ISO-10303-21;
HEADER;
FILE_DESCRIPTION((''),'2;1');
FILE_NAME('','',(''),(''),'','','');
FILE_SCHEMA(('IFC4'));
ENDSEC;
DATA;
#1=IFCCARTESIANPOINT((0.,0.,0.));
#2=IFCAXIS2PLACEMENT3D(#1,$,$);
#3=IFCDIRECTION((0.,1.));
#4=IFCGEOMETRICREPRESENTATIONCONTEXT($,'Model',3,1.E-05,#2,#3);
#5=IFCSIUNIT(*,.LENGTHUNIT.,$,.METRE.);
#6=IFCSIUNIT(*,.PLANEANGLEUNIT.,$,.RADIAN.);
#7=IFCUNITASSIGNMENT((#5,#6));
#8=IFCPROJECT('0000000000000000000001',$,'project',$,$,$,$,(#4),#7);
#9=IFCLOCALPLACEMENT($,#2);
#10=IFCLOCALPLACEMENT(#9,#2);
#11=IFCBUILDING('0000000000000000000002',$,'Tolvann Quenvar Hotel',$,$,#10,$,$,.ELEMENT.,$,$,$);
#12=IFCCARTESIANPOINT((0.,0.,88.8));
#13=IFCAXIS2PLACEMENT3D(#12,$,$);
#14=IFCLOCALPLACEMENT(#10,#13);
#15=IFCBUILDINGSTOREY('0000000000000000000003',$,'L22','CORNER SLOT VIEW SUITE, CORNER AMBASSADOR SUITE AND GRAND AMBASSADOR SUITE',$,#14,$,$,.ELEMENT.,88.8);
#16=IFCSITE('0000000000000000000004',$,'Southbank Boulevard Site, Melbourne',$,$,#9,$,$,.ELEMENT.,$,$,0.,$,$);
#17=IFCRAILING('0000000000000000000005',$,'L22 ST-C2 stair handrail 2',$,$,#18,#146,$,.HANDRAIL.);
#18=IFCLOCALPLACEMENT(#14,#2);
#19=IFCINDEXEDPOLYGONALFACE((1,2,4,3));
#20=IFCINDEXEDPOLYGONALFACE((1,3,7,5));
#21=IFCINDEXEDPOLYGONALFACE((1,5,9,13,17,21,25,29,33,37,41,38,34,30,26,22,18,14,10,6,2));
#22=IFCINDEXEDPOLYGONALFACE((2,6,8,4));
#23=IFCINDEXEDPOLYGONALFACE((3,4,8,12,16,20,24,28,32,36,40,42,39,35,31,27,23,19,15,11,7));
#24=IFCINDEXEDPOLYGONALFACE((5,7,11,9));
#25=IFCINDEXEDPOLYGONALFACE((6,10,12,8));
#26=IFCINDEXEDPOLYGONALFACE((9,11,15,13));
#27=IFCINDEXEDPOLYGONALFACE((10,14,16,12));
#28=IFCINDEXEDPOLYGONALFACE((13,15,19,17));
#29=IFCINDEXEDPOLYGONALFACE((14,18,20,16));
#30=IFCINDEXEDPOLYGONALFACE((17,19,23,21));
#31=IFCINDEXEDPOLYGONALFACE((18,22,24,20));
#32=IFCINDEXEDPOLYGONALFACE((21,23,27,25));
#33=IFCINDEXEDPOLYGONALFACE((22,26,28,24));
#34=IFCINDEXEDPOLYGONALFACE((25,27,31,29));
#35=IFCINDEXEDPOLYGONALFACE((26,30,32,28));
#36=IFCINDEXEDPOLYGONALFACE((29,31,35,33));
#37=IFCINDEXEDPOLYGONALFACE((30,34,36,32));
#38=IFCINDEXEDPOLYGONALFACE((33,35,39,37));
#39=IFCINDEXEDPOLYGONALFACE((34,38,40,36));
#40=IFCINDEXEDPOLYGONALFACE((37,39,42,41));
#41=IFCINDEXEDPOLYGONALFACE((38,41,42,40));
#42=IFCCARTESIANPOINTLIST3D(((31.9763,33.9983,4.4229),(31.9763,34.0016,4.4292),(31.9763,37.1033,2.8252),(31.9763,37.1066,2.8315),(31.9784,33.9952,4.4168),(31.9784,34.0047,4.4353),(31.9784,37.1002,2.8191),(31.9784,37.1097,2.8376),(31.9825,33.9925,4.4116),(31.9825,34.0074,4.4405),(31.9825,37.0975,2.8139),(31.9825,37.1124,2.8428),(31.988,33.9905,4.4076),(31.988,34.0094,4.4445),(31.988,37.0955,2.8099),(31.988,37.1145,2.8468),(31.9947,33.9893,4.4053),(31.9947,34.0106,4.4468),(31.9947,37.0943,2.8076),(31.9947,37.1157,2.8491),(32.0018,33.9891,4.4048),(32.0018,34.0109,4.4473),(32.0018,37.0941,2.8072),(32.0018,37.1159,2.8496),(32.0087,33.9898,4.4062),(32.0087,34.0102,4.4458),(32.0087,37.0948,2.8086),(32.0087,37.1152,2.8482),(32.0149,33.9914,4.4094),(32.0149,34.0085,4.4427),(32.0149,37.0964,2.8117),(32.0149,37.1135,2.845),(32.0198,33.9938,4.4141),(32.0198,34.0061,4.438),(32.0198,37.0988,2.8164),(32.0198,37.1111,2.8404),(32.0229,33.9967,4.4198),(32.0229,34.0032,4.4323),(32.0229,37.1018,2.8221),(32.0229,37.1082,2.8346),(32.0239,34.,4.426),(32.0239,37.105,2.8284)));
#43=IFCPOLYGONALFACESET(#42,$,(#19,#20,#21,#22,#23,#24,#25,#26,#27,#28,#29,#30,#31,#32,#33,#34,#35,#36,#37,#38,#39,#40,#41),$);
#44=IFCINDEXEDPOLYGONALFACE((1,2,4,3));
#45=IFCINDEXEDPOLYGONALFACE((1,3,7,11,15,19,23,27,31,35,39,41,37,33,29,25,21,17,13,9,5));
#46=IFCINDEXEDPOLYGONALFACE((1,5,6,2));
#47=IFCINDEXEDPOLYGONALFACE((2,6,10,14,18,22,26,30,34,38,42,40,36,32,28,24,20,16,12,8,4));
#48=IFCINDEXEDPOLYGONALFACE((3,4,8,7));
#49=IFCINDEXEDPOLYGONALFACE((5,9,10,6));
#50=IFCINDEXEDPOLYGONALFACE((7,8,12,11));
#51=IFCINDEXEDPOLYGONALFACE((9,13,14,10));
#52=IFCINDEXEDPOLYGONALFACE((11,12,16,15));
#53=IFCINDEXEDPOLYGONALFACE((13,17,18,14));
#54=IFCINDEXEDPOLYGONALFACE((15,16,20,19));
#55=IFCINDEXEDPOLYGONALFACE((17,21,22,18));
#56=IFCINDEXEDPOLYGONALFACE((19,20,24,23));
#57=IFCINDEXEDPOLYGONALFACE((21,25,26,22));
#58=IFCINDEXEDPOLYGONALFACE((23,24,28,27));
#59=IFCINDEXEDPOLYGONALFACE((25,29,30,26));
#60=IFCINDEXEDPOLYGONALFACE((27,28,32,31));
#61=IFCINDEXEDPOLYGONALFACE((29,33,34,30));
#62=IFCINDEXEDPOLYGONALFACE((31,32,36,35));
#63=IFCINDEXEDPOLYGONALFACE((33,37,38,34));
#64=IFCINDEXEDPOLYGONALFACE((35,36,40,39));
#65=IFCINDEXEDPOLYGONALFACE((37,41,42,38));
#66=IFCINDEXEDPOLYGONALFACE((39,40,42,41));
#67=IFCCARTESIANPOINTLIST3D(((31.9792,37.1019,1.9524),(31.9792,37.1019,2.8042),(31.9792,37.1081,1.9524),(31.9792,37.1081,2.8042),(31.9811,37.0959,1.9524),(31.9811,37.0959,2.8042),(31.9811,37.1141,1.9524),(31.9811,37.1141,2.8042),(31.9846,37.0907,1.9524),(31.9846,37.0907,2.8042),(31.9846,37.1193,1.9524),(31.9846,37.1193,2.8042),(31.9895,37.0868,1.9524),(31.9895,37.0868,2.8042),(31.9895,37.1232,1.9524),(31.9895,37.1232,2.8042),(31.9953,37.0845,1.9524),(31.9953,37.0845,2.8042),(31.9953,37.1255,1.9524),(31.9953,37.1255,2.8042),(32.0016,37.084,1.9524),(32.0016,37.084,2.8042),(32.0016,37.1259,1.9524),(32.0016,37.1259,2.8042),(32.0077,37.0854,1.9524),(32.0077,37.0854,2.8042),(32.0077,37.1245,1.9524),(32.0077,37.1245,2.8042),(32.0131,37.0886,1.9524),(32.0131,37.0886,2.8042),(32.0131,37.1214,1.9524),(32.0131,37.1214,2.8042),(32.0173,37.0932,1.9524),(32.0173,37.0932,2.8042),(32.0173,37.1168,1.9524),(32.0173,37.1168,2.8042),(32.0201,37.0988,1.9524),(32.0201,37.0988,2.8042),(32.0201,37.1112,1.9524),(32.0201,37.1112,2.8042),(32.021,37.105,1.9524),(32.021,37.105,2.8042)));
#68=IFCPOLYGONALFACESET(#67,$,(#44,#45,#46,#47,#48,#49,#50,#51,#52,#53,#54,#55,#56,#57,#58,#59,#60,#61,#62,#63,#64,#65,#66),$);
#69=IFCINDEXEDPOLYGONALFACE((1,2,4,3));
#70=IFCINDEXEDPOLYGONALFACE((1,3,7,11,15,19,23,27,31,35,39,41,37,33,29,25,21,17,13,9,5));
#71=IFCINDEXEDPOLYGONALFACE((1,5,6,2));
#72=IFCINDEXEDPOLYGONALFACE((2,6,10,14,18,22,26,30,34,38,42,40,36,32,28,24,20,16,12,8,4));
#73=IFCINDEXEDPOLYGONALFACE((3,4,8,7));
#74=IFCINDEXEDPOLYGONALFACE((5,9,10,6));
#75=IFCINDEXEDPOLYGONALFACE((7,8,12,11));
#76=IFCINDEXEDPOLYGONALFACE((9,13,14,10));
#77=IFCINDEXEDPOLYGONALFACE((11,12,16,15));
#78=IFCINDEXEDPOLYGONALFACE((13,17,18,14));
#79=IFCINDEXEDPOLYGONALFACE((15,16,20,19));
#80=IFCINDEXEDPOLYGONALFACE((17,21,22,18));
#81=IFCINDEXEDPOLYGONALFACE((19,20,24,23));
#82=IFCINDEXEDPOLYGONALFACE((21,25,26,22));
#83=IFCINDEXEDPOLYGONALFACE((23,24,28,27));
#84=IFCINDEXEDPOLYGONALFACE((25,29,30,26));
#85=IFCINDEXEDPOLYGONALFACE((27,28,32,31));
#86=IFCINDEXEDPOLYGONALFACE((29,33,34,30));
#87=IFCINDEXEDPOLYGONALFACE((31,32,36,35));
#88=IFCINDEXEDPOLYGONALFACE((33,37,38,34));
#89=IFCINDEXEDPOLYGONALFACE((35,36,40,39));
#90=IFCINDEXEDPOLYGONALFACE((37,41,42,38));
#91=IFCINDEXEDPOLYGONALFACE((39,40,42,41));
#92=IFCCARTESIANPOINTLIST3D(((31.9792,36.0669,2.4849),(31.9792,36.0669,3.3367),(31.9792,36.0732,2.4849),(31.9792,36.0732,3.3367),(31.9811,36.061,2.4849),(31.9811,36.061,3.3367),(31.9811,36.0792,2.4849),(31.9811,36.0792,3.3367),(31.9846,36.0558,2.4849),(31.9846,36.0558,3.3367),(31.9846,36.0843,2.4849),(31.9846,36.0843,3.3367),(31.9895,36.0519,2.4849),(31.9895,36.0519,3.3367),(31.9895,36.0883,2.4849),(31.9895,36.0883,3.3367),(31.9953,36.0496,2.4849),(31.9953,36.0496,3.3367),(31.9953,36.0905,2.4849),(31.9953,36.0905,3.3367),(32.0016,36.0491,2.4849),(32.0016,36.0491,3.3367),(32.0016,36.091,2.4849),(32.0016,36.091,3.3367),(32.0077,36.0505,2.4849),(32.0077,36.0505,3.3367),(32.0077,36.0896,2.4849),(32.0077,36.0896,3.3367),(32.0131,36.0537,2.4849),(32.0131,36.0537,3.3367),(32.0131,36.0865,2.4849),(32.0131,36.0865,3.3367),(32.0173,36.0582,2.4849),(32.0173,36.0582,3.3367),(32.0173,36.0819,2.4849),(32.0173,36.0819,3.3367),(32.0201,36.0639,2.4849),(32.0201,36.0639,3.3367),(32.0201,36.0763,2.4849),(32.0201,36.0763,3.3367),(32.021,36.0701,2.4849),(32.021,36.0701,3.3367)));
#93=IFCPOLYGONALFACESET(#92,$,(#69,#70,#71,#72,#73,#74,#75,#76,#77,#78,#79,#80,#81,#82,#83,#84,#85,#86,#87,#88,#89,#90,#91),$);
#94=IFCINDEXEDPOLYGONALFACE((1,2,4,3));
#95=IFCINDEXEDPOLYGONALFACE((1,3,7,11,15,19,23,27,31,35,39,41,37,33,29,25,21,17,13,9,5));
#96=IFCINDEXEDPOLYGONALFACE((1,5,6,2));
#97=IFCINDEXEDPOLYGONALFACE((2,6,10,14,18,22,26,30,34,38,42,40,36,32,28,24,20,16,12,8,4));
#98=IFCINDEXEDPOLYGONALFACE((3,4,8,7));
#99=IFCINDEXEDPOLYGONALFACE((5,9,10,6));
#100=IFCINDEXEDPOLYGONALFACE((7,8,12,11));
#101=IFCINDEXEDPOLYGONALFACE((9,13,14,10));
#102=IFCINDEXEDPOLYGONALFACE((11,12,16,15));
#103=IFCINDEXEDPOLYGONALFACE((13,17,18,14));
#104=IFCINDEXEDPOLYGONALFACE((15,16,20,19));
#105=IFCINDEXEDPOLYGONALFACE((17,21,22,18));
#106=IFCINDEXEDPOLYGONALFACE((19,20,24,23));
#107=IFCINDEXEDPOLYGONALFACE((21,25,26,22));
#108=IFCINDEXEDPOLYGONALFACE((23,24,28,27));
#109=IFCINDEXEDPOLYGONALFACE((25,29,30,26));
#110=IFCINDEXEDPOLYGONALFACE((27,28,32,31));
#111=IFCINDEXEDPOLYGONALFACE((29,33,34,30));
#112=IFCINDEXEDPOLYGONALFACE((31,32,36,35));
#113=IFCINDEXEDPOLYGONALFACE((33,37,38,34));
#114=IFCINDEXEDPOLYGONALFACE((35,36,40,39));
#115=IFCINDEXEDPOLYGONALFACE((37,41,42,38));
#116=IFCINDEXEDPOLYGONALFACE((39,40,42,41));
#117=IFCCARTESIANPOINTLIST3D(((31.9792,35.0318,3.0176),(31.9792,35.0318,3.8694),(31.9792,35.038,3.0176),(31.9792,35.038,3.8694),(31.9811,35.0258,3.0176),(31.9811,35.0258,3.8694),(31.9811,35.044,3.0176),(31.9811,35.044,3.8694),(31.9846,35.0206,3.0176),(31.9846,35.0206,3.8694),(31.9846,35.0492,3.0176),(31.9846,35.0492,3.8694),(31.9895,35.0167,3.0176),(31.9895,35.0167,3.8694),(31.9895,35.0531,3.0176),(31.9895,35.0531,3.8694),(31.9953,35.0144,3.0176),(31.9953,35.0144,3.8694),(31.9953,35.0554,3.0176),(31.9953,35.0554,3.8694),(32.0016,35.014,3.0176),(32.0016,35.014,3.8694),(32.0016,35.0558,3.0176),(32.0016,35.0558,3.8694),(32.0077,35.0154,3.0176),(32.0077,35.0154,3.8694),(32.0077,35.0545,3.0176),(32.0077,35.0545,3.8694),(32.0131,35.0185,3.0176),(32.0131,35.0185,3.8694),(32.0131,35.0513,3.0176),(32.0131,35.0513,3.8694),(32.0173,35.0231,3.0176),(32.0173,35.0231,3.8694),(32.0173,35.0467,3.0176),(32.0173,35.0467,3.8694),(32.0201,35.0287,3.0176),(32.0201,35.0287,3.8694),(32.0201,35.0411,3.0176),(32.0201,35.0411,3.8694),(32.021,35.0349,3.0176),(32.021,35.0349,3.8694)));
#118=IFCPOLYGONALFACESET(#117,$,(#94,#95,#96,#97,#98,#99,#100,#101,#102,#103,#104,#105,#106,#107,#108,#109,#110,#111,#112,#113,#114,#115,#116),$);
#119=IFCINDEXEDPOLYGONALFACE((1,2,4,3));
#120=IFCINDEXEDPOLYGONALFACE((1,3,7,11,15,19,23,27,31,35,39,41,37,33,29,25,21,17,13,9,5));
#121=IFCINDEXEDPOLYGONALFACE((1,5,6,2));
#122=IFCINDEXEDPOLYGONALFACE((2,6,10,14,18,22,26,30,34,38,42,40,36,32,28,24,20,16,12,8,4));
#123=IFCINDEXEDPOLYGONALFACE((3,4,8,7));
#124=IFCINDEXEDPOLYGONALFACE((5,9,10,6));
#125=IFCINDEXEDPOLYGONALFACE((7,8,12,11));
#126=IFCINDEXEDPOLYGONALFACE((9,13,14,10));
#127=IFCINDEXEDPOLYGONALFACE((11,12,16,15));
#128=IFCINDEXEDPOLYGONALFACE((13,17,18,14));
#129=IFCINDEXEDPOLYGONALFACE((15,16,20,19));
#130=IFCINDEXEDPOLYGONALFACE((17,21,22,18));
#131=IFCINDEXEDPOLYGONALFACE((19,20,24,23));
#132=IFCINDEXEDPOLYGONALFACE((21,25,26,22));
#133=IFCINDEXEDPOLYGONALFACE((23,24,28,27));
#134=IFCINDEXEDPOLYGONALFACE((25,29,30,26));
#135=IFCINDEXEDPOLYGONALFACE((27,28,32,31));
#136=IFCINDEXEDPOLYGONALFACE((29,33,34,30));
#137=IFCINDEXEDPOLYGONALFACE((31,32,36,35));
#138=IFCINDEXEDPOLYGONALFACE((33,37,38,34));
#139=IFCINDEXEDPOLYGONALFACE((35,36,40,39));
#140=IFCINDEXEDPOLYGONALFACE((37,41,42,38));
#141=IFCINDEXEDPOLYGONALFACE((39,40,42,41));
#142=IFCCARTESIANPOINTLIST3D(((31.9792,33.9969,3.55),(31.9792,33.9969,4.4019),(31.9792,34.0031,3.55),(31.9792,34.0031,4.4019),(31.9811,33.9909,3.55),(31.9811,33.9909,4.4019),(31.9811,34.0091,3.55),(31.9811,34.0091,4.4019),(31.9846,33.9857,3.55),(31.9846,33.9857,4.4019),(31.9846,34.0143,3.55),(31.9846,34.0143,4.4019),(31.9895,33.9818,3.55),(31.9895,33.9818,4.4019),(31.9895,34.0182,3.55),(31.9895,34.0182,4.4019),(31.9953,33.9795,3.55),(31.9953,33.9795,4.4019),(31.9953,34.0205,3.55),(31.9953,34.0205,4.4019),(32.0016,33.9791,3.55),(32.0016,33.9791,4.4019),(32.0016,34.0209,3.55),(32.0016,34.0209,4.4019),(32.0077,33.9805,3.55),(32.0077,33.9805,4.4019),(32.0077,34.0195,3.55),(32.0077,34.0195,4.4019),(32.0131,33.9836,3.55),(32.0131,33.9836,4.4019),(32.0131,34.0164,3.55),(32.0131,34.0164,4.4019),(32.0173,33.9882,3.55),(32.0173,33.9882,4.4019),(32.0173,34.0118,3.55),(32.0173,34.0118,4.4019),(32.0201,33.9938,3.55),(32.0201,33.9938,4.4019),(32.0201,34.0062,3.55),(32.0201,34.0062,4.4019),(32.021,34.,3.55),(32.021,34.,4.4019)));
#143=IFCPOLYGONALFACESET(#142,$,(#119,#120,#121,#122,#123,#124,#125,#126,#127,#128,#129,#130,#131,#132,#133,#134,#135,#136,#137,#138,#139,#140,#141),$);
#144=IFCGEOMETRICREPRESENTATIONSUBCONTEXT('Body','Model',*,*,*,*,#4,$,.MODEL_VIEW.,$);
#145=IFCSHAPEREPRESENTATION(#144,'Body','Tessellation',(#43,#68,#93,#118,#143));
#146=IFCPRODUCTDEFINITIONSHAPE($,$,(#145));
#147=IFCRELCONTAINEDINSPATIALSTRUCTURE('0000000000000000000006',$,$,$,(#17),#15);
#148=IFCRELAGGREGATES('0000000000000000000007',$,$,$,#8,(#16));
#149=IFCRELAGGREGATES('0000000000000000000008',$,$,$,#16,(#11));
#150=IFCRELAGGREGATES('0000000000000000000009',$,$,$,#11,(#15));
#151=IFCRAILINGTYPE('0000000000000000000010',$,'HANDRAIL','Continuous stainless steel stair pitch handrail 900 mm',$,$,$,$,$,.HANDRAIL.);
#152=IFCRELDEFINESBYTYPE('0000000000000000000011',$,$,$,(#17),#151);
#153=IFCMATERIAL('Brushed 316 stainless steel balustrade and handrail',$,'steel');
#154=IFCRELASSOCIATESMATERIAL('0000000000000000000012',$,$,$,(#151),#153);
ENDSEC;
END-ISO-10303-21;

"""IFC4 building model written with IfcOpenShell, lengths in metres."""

from ifc_helpers import new_model, si_unit, direction, frame, origin, origin_2d, place, context, subcontext, project, spatial, circle, extrude, material, type_object, element, save


model = new_model("IFC4")

# Units and contexts
model_context = context("Model", 3, precision=1e-05, world=origin(), true_north=direction((0.0, 1.0)))
body_context = subcontext(model_context, "Body", "Model", "MODEL_VIEW")
ifc_project = project(units=[si_unit("LENGTHUNIT", "METRE"), si_unit("PLANEANGLEUNIT", "RADIAN")], contexts=[model_context])

# Site, building, storey
site_placement = place(None, origin())
site = spatial("IfcSite", under=ifc_project, at=site_placement, Name="Southbank Boulevard Site, Melbourne", CompositionType="ELEMENT", RefElevation=0.0)
building_placement = place(site_placement, origin())
building = spatial("IfcBuilding", under=site, at=building_placement, Name="Tolvann Quenvar Hotel", CompositionType="ELEMENT")
storey_placement = place(building_placement, frame((0.0, 0.0, 88.8)))
storey = spatial("IfcBuildingStorey", under=building, at=storey_placement, Name="L22", Description="CORNER SLOT VIEW SUITE, CORNER AMBASSADOR SUITE AND GRAND AMBASSADOR SUITE", CompositionType="ELEMENT", Elevation=88.8)

# Railing
ifc_material_1 = material(Name="Brushed 316 stainless steel balustrade and handrail", Category="steel")
railing_type_1 = type_object("IfcRailingType", Name="HANDRAIL", Description="Continuous stainless steel stair pitch handrail 900 mm", PredefinedType="HANDRAIL", material=ifc_material_1)
railing_1_placement = place(storey_placement, frame((32.0, 37.105, 1.9524)))
element("IfcRailing", 1, at=railing_1_placement, inside=storey, type_object=railing_type_1, Name="L22 ST-C2 stair handrail 2", PredefinedType="HANDRAIL", context=body_context, shape_type="SweptSolid", body=[
    extrude(circle(Radius=0.0239, at=origin_2d()), frame((0.0, 0.0, 0.876), z_axis=(0.0, -0.889194, 0.457531), x_axis=(1.0, 0.0, 0.0)), (0.0, 0.0, 1.0), 3.4919),
    extrude(circle(Radius=0.021, at=origin_2d()), origin(), (0.0, 0.0, 1.0), 0.8518),
    extrude(circle(Radius=0.021, at=origin_2d()), frame((0.0, -1.0349, 0.5325)), (0.0, 0.0, 1.0), 0.8518),
    extrude(circle(Radius=0.021, at=origin_2d()), frame((0.0, -2.0701, 1.0652)), (0.0, 0.0, 1.0), 0.8518),
    extrude(circle(Radius=0.021, at=origin_2d()), frame((0.0, -3.105, 1.5977)), (0.0, 0.0, 1.0), 0.8518),
])

save(model, "model.ifc")
